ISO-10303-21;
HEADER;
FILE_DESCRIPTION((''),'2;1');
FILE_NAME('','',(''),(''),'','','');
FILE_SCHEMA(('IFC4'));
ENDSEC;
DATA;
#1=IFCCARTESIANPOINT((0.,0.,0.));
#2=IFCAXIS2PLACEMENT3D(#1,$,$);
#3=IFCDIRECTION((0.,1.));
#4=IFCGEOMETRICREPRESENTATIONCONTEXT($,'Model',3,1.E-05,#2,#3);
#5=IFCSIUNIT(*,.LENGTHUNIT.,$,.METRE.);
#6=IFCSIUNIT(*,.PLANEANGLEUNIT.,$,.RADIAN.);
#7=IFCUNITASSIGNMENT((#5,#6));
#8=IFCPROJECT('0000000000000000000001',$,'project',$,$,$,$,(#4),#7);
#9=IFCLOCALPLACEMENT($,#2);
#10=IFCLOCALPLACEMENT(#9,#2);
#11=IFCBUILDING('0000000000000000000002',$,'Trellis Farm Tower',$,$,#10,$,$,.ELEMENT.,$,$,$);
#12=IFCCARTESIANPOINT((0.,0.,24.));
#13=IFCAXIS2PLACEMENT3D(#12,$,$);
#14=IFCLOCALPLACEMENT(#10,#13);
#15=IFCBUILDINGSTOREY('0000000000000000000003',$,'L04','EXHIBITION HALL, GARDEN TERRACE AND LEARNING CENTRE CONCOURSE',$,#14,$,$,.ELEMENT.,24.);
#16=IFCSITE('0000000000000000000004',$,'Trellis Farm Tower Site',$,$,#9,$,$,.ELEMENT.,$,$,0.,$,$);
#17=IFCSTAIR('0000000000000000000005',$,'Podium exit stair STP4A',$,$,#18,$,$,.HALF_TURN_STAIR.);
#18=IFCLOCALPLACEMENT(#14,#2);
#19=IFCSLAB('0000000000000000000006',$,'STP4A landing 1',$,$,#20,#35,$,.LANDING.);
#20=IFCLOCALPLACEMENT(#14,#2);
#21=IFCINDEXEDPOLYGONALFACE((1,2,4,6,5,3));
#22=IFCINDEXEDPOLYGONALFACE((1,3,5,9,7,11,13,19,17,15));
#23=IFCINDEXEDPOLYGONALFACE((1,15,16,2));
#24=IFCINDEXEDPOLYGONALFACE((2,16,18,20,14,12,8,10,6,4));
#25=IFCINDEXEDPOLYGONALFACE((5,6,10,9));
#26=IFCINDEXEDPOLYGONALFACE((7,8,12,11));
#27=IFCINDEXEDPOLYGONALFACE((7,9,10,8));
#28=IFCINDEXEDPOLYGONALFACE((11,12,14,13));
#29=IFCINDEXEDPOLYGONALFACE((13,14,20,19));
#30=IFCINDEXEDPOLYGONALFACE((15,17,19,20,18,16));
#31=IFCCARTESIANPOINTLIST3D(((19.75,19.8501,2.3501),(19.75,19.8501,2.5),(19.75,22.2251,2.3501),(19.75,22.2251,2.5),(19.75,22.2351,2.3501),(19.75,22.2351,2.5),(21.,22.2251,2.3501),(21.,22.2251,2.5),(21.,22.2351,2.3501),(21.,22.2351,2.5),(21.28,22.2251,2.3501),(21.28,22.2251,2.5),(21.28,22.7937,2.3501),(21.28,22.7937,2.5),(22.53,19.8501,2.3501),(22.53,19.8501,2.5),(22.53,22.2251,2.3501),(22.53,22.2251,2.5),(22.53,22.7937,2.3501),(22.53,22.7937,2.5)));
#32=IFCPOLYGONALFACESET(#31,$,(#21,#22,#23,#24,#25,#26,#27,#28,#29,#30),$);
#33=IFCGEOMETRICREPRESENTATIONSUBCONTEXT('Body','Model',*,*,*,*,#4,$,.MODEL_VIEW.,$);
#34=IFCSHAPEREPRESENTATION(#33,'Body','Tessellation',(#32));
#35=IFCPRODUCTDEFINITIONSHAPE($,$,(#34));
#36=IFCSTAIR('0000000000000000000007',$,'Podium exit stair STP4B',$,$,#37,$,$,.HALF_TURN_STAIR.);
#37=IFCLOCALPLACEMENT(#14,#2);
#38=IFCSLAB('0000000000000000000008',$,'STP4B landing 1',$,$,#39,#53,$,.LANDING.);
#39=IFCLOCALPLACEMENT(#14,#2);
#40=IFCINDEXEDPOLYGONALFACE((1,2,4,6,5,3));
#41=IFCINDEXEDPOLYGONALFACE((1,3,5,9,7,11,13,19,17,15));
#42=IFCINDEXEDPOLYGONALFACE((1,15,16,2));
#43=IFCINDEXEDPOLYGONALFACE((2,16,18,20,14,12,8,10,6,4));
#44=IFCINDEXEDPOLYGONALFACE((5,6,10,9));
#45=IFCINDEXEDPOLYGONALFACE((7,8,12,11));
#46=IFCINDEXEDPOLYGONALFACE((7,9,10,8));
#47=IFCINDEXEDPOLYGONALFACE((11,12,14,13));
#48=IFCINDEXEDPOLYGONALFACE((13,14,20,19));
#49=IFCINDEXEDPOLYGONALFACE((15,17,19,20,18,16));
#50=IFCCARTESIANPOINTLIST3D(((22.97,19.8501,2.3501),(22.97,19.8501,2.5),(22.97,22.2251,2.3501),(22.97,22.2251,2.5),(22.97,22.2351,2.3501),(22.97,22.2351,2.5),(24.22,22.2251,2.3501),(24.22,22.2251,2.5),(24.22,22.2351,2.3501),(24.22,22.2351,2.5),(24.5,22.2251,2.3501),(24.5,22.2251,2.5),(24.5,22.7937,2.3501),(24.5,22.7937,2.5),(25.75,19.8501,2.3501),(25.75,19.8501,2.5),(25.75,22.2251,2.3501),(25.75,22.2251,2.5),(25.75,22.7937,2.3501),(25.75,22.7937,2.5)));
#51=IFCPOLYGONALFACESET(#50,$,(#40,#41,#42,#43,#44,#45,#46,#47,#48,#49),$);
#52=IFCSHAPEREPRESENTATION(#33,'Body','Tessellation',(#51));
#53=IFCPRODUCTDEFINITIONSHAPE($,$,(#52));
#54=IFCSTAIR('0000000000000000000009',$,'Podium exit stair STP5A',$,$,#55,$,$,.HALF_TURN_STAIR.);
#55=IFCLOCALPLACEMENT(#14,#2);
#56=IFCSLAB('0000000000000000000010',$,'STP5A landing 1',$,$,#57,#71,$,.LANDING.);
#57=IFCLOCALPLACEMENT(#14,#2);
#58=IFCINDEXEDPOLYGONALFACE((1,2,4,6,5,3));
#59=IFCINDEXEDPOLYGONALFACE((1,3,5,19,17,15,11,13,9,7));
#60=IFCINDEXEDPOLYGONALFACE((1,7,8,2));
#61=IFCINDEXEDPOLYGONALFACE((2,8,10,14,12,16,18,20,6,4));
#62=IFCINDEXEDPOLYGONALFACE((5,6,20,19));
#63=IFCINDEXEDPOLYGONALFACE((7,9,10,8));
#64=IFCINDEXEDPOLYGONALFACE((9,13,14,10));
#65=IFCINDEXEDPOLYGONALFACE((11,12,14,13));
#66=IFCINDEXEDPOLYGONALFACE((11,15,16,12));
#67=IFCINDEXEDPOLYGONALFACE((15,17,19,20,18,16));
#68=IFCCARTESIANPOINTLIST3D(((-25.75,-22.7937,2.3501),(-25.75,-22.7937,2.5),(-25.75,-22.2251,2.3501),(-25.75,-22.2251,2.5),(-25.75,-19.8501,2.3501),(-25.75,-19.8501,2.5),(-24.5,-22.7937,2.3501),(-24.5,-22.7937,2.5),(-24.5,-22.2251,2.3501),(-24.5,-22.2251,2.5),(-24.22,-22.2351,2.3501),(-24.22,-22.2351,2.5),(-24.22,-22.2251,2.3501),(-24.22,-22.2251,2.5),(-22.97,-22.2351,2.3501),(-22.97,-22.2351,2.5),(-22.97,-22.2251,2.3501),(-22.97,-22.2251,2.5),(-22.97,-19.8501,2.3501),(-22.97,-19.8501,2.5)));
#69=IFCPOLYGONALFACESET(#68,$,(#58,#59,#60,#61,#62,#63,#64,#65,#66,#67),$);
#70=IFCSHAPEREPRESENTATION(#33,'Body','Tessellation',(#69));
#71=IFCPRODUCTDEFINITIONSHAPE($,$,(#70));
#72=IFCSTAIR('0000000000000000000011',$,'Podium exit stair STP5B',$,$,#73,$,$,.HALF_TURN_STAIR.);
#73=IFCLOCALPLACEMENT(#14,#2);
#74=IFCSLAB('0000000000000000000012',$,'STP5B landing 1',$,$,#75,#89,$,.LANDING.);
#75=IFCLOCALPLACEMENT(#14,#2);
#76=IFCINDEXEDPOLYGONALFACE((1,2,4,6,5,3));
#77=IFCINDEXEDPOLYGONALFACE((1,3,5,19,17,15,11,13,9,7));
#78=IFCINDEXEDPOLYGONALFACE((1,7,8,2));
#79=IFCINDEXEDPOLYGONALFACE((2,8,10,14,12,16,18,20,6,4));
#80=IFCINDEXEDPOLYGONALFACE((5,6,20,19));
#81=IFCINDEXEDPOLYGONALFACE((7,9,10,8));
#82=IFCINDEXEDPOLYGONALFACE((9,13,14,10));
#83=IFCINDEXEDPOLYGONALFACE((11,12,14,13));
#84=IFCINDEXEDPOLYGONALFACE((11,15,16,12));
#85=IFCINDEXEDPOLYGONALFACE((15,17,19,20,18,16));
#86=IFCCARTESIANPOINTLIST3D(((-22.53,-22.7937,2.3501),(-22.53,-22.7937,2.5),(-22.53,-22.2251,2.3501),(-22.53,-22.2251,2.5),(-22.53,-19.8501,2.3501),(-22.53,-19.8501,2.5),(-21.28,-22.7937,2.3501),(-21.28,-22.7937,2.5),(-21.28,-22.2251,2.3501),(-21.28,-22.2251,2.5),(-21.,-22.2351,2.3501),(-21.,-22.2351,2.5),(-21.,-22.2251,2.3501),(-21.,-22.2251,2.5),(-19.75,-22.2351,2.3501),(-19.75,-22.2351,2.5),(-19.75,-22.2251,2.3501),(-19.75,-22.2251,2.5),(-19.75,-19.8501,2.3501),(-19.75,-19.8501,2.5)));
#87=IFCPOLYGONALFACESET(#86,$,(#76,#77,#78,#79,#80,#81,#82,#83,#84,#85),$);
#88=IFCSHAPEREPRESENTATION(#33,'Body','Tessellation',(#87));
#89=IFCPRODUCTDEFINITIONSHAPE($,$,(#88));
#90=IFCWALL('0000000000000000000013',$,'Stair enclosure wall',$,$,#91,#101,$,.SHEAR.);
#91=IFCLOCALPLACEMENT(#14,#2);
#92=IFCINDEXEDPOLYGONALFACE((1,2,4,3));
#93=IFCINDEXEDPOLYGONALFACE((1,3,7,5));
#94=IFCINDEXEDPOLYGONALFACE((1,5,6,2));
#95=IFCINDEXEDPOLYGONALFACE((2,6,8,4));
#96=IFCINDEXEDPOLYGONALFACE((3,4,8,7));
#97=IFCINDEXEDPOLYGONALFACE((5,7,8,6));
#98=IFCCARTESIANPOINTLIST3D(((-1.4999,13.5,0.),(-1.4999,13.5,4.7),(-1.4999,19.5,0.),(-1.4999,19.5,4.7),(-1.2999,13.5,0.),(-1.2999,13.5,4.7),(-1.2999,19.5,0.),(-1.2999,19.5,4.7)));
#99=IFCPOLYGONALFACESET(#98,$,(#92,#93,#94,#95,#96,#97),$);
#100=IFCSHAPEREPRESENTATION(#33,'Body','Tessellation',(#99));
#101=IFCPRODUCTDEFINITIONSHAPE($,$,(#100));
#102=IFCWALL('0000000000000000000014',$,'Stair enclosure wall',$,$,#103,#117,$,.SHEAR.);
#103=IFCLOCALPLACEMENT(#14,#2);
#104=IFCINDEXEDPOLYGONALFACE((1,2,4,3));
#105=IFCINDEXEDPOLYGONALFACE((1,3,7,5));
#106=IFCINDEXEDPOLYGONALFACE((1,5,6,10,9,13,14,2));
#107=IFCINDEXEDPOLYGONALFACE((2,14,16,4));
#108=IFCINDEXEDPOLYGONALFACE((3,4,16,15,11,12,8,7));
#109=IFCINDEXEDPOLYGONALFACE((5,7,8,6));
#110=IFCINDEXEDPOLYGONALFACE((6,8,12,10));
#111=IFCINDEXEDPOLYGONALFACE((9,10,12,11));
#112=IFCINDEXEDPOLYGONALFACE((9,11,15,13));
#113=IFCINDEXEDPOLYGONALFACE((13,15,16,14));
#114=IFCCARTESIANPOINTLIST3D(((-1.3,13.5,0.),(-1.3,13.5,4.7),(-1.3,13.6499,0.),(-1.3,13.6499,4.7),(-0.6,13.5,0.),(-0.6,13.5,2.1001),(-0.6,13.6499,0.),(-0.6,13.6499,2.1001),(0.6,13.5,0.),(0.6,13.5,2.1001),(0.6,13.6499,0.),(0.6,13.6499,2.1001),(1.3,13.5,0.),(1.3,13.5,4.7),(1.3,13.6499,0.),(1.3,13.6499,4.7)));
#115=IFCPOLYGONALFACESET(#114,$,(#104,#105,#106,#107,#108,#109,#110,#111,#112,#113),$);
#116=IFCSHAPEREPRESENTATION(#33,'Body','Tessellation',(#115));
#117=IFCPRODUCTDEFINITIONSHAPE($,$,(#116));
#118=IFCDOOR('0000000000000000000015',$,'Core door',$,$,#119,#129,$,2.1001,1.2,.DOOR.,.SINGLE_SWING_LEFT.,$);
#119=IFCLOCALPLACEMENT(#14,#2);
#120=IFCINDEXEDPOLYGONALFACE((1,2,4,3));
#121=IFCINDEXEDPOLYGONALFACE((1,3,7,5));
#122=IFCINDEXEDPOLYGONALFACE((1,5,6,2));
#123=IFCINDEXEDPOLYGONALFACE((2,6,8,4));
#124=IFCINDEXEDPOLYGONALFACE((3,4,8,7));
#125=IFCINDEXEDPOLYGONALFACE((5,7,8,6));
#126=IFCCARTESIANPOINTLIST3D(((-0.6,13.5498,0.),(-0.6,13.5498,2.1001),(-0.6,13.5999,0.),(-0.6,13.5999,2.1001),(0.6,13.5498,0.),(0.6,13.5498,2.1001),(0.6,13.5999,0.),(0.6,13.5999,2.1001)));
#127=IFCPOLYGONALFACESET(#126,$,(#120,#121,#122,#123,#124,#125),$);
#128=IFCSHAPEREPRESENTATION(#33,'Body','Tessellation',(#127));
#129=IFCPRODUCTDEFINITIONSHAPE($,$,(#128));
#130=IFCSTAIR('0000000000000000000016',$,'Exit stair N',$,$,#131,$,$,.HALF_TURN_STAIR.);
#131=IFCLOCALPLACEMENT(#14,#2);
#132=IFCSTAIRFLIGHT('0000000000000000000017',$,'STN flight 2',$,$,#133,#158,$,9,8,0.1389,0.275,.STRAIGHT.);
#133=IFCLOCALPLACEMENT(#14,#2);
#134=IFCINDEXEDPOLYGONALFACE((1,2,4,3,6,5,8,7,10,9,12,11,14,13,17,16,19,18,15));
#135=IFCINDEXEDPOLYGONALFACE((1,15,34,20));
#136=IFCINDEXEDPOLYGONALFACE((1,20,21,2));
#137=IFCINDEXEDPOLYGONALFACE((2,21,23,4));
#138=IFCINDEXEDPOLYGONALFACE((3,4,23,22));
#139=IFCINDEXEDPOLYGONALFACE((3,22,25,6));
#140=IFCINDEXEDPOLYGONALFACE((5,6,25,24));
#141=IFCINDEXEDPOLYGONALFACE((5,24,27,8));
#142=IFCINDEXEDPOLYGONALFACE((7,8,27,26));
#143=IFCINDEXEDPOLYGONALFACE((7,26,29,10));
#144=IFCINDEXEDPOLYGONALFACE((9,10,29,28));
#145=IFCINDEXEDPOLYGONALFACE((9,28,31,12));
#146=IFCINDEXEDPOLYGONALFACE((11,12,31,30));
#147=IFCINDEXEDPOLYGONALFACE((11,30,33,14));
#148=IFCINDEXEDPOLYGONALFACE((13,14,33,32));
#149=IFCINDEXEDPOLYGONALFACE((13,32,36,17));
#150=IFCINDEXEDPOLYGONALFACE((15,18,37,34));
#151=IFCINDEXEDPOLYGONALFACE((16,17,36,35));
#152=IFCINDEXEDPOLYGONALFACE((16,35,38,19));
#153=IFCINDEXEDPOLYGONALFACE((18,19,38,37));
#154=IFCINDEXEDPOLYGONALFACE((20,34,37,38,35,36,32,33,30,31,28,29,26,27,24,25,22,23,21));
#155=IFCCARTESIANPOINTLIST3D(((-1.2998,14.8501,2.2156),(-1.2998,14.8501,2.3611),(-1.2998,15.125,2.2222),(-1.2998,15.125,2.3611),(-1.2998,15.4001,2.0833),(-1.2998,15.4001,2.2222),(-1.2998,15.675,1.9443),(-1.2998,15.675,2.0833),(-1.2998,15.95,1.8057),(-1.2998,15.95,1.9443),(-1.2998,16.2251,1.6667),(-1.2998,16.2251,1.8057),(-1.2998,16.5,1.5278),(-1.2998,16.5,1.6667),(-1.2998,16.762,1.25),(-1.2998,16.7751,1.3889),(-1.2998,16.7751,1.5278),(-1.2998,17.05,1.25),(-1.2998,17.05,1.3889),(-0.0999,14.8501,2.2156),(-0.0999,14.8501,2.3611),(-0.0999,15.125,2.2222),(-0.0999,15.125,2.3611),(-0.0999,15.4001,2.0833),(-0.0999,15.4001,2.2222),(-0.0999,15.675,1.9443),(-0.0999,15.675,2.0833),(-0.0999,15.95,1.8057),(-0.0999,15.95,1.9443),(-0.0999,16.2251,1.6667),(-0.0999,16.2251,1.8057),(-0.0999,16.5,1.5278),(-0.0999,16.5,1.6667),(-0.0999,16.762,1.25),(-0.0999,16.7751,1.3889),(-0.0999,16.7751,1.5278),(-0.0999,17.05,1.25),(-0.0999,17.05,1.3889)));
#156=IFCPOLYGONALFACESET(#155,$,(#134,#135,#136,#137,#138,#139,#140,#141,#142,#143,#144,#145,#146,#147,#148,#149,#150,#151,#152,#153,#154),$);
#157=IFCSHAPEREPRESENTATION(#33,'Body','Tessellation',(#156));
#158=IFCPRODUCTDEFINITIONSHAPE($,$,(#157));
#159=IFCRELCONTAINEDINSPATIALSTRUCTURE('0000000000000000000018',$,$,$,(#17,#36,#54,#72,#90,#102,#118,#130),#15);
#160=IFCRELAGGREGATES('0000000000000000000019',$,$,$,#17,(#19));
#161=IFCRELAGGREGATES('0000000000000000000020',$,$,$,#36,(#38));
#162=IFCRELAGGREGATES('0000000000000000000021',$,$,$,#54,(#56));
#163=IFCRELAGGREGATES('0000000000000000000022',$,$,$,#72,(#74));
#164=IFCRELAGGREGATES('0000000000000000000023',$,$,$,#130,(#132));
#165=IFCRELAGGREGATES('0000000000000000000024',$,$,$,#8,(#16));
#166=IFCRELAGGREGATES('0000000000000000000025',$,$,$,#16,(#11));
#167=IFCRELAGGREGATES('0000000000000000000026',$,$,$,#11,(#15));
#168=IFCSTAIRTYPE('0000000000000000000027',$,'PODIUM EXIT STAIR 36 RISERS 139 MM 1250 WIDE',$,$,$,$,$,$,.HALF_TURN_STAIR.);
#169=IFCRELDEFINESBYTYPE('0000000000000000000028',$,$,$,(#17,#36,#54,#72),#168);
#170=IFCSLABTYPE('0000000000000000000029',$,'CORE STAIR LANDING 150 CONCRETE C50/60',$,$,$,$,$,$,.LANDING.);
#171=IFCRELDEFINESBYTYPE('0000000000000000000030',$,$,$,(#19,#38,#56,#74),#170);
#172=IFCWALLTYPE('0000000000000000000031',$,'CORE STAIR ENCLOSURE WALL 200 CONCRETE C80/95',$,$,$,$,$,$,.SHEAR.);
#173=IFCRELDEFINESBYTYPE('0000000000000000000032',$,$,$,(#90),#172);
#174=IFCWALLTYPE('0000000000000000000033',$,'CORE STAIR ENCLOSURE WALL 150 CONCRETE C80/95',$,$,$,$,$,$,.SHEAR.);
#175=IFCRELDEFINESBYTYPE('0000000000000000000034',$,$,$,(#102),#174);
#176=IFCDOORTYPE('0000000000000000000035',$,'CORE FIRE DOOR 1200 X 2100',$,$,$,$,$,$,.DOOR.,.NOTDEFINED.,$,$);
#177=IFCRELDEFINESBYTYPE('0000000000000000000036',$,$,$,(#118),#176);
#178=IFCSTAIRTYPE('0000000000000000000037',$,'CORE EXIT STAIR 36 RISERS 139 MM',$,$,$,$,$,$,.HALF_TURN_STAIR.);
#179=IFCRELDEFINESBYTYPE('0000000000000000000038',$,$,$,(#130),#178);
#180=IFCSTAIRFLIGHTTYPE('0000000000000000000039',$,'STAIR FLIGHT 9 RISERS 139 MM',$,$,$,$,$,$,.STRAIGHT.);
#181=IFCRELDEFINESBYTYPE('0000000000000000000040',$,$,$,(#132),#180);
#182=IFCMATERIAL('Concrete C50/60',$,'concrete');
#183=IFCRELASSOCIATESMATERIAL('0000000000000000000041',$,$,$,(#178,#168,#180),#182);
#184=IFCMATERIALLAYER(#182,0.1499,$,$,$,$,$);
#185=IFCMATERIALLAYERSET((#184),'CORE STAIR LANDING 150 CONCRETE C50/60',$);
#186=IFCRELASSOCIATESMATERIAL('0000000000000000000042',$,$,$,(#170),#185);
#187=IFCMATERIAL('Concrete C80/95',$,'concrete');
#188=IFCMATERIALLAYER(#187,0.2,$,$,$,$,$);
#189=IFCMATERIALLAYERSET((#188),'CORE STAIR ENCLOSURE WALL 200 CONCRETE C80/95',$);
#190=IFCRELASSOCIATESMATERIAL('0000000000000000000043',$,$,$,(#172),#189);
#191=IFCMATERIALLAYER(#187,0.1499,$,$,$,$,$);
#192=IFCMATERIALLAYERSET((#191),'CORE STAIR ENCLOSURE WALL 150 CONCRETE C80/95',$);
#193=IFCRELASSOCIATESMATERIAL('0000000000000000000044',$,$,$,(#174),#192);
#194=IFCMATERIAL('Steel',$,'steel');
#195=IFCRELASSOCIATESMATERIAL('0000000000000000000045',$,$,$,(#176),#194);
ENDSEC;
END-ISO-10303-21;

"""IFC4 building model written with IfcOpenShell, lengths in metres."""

from ifc_helpers import new_model, si_unit, direction, frame, frame_2d, origin, place, context, subcontext, project, spatial, polyline, rectangle, outline, extrude, source, transform, mapped, material, layer, layer_set, type_object, element, fill, aggregate, save


model = new_model("IFC4")

# Units and contexts
model_context = context("Model", 3, precision=1e-05, world=origin(), true_north=direction((0.0, 1.0)))
body_context = subcontext(model_context, "Body", "Model", "MODEL_VIEW")
ifc_project = project(units=[si_unit("LENGTHUNIT", "METRE"), si_unit("PLANEANGLEUNIT", "RADIAN")], contexts=[model_context])

# Site, building, storey
site_placement = place(None, origin())
site = spatial("IfcSite", under=ifc_project, at=site_placement, Name="Trellis Farm Tower Site", CompositionType="ELEMENT", RefElevation=0.0)
building_placement = place(site_placement, origin())
building = spatial("IfcBuilding", under=site, at=building_placement, Name="Trellis Farm Tower", CompositionType="ELEMENT")
storey_placement = place(building_placement, frame((0.0, 0.0, 24.0)))
storey = spatial("IfcBuildingStorey", under=building, at=storey_placement, Name="L04", Description="EXHIBITION HALL, GARDEN TERRACE AND LEARNING CENTRE CONCOURSE", CompositionType="ELEMENT", Elevation=24.0)

# Stairs, slabs
ifc_material_1 = material(Name="Concrete C50/60", Category="concrete")
stair_type_1 = type_object("IfcStairType", Name="CORE EXIT STAIR 36 RISERS 139 MM", PredefinedType="HALF_TURN_STAIR", material=ifc_material_1)
placement_1 = place(storey_placement, origin())
ifc_layer_1 = layer(ifc_material_1, 0.1499)
ifc_layer_set_1 = layer_set([ifc_layer_1], Name="CORE STAIR LANDING 150 CONCRETE C50/60")
slab_type = type_object("IfcSlabType", Name="CORE STAIR LANDING 150 CONCRETE C50/60", PredefinedType="LANDING", material=ifc_layer_set_1)
stair_type_2 = type_object("IfcStairType", Name="PODIUM EXIT STAIR 36 RISERS 139 MM 1250 WIDE", PredefinedType="HALF_TURN_STAIR", material=ifc_material_1)
placement_2 = place(storey_placement, frame((0.0, 0.0, 2.3501)))
stair_1 = element("IfcStair", 1, at=placement_1, inside=storey, type_object=stair_type_2, Name="Podium exit stair STP4A", PredefinedType="HALF_TURN_STAIR")
shared_shape_1 = source(origin(), body_context, "Body", "SweptSolid", [
    extrude(outline(polyline([(22.53, 19.8501), (19.75, 19.8501), (19.75, 22.2251), (19.75, 22.2351), (21.0, 22.2351), (21.0, 22.2251), (21.28, 22.2251), (21.28, 22.7937), (22.53, 22.7937), (22.53, 22.2251), (22.53, 19.8501)])), origin(), (0.0, 0.0, 1.0), 0.1499),
])
slab_1 = element("IfcSlab", 2, at=placement_2, type_object=slab_type, Name="STP4A landing 1", PredefinedType="LANDING", context=body_context, shape_type="MappedRepresentation", body=[
    mapped(shared_shape_1, transform((0.0, 0.0, 0.0))),
])
aggregate(stair_1, [slab_1])
stair_2 = element("IfcStair", 3, at=placement_1, inside=storey, type_object=stair_type_2, Name="Podium exit stair STP4B", PredefinedType="HALF_TURN_STAIR")
shared_shape_2 = source(origin(), body_context, "Body", "SweptSolid", [
    extrude(outline(polyline([(25.75, 19.8501), (22.97, 19.8501), (22.97, 22.2251), (22.97, 22.2351), (24.22, 22.2351), (24.22, 22.2251), (24.5, 22.2251), (24.5, 22.7937), (25.75, 22.7937), (25.75, 22.2251), (25.75, 19.8501)])), origin(), (0.0, 0.0, 1.0), 0.1499),
])
slab_2 = element("IfcSlab", 4, at=placement_2, type_object=slab_type, Name="STP4B landing 1", PredefinedType="LANDING", context=body_context, shape_type="MappedRepresentation", body=[
    mapped(shared_shape_2, transform((0.0, 0.0, 0.0))),
])
aggregate(stair_2, [slab_2])
stair_3 = element("IfcStair", 5, at=placement_1, inside=storey, type_object=stair_type_2, Name="Podium exit stair STP5A", PredefinedType="HALF_TURN_STAIR")
shared_shape_3 = source(origin(), body_context, "Body", "SweptSolid", [
    extrude(outline(polyline([(-24.5, -22.7937), (-25.75, -22.7937), (-25.75, -22.2251), (-25.75, -19.8501), (-22.97, -19.8501), (-22.97, -22.2251), (-22.97, -22.2351), (-24.22, -22.2351), (-24.22, -22.2251), (-24.5, -22.2251), (-24.5, -22.7937)])), origin(), (0.0, 0.0, 1.0), 0.1499),
])
slab_3 = element("IfcSlab", 6, at=placement_2, type_object=slab_type, Name="STP5A landing 1", PredefinedType="LANDING", context=body_context, shape_type="MappedRepresentation", body=[
    mapped(shared_shape_3, transform((0.0, 0.0, 0.0))),
])
aggregate(stair_3, [slab_3])
stair_4 = element("IfcStair", 7, at=placement_1, inside=storey, type_object=stair_type_2, Name="Podium exit stair STP5B", PredefinedType="HALF_TURN_STAIR")
shared_shape_4 = source(origin(), body_context, "Body", "SweptSolid", [
    extrude(outline(polyline([(-21.28, -22.7937), (-22.53, -22.7937), (-22.53, -22.2251), (-22.53, -19.8501), (-19.75, -19.8501), (-19.75, -22.2251), (-19.75, -22.2351), (-21.0, -22.2351), (-21.0, -22.2251), (-21.28, -22.2251), (-21.28, -22.7937)])), origin(), (0.0, 0.0, 1.0), 0.1499),
])
slab_4 = element("IfcSlab", 8, at=placement_2, type_object=slab_type, Name="STP5B landing 1", PredefinedType="LANDING", context=body_context, shape_type="MappedRepresentation", body=[
    mapped(shared_shape_4, transform((0.0, 0.0, 0.0))),
])
aggregate(stair_4, [slab_4])

# Wall
ifc_material_2 = material(Name="Concrete C80/95", Category="concrete")
ifc_layer_2 = layer(ifc_material_2, 0.2)
ifc_layer_set_2 = layer_set([ifc_layer_2], Name="CORE STAIR ENCLOSURE WALL 200 CONCRETE C80/95")
wall_type_1 = type_object("IfcWallType", Name="CORE STAIR ENCLOSURE WALL 200 CONCRETE C80/95", PredefinedType="SHEAR", material=ifc_layer_set_2)
shared_shape_5 = source(origin(), body_context, "Body", "SweptSolid", [
    extrude(rectangle(XDim=6.0, YDim=0.2, at=frame_2d((3.0, 0.0))), origin(), (0.0, 0.0, 1.0), 4.7),
])
wall_1_placement = place(storey_placement, frame((-1.3999, 13.5, 0.0), z_axis=(0.0, 0.0, 1.0), x_axis=(0.0, 1.0, 0.0)))
element("IfcWall", 9, at=wall_1_placement, inside=storey, type_object=wall_type_1, Name="Stair enclosure wall", PredefinedType="SHEAR", context=body_context, shape_type="MappedRepresentation", body=[
    mapped(shared_shape_5, transform((0.0, 0.0, 0.0))),
])

# Wall, opening, door
ifc_layer_3 = layer(ifc_material_2, 0.1499)
ifc_layer_set_3 = layer_set([ifc_layer_3], Name="CORE STAIR ENCLOSURE WALL 150 CONCRETE C80/95")
wall_type_2 = type_object("IfcWallType", Name="CORE STAIR ENCLOSURE WALL 150 CONCRETE C80/95", PredefinedType="SHEAR", material=ifc_layer_set_3)
shared_shape_6 = source(origin(), body_context, "Body", "SweptSolid", [
    extrude(rectangle(XDim=2.6001, YDim=0.1499, at=frame_2d((1.3, 0.0))), origin(), (0.0, 0.0, 1.0), 4.7),
])
wall_2_placement = place(storey_placement, frame((-1.3, 13.575, 0.0), z_axis=(0.0, 0.0, 1.0), x_axis=(1.0, 0.0, 0.0)))
wall_2 = element("IfcWall", 10, at=wall_2_placement, inside=storey, type_object=wall_type_2, Name="Stair enclosure wall", PredefinedType="SHEAR", context=body_context, shape_type="MappedRepresentation", body=[
    mapped(shared_shape_6, transform((0.0, 0.0, 0.0))),
])
shared_shape_7 = source(origin(), body_context, "Body", "SweptSolid", [
    extrude(rectangle(XDim=1.2, YDim=2.1001, at=frame_2d((0.6001, 1.05))), frame((0.0, 0.085, 0.0), z_axis=(0.0, -1.0, 0.0), x_axis=(1.0, 0.0, 0.0)), (0.0, 0.0, 1.0), 0.1699),
])
opening_placement = place(wall_2_placement, frame((0.7, 0.0, 0.0)))
opening = element("IfcOpeningElement", 11, at=opening_placement, cuts=wall_2, PredefinedType="OPENING", context=body_context, shape_type="MappedRepresentation", body=[
    mapped(shared_shape_7, transform((0.0, 0.0, 0.0))),
])
ifc_material_3 = material(Name="Steel", Category="steel")
door_type = type_object("IfcDoorType", Name="CORE FIRE DOOR 1200 X 2100", OperationType="NOTDEFINED", PredefinedType="DOOR", material=ifc_material_3)
shared_shape_8 = source(origin(), body_context, "Body", "SweptSolid", [
    extrude(rectangle(XDim=1.2, YDim=2.1001, at=frame_2d((0.6001, 1.05))), frame((0.0, 0.0249, 0.0), z_axis=(0.0, -1.0, 0.0), x_axis=(1.0, 0.0, 0.0)), (0.0, 0.0, 1.0), 0.05),
])
door_placement = place(opening_placement, origin())
door = element("IfcDoor", 12, at=door_placement, inside=storey, type_object=door_type, Name="Core door", OperationType="SINGLE_SWING_LEFT", OverallHeight=2.1001, OverallWidth=1.2, PredefinedType="DOOR", context=body_context, shape_type="MappedRepresentation", body=[
    mapped(shared_shape_8, transform((0.0, 0.0, 0.0))),
])
fill(opening, door)

# Stair, stair flight
stair_5 = element("IfcStair", 13, at=placement_1, inside=storey, type_object=stair_type_1, Name="Exit stair N", PredefinedType="HALF_TURN_STAIR")
stair_flight_type = type_object("IfcStairFlightType", Name="STAIR FLIGHT 9 RISERS 139 MM", PredefinedType="STRAIGHT", material=ifc_material_1)
shared_shape_9 = source(origin(), body_context, "Body", "SweptSolid", [
    extrude(outline(polyline([(0.0, 0.0), (0.0, 0.1389), (0.2749, 0.1389), (0.2749, 0.2778), (0.55, 0.2778), (0.55, 0.4167), (0.825, 0.4167), (0.825, 0.5557), (1.1001, 0.5557), (1.1001, 0.6943), (1.375, 0.6943), (1.375, 0.8333), (1.6499, 0.8333), (1.6499, 0.9722), (1.925, 0.9722), (1.925, 1.1111), (2.2, 1.1111), (2.2, 1.25), (2.2, 0.9656), (0.2881, 0.0), (0.0, 0.0)])), frame((0.0, 0.6001, 0.0), z_axis=(0.0, -1.0, 0.0), x_axis=(1.0, 0.0, 0.0)), (0.0, 0.0, 1.0), 1.2),
])
stair_flight_placement = place(storey_placement, frame((-0.7, 17.05, 1.25), z_axis=(0.0, 0.0, 1.0), x_axis=(0.0, -1.0, 0.0)))
stair_flight = element("IfcStairFlight", 14, at=stair_flight_placement, type_object=stair_flight_type, Name="STN flight 2", NumberOfRisers=9, NumberOfTreads=8, PredefinedType="STRAIGHT", RiserHeight=0.1389, TreadLength=0.275, context=body_context, shape_type="MappedRepresentation", body=[
    mapped(shared_shape_9, transform((0.0, 0.0, 0.0))),
])
aggregate(stair_5, [stair_flight])

save(model, "model.ifc")
